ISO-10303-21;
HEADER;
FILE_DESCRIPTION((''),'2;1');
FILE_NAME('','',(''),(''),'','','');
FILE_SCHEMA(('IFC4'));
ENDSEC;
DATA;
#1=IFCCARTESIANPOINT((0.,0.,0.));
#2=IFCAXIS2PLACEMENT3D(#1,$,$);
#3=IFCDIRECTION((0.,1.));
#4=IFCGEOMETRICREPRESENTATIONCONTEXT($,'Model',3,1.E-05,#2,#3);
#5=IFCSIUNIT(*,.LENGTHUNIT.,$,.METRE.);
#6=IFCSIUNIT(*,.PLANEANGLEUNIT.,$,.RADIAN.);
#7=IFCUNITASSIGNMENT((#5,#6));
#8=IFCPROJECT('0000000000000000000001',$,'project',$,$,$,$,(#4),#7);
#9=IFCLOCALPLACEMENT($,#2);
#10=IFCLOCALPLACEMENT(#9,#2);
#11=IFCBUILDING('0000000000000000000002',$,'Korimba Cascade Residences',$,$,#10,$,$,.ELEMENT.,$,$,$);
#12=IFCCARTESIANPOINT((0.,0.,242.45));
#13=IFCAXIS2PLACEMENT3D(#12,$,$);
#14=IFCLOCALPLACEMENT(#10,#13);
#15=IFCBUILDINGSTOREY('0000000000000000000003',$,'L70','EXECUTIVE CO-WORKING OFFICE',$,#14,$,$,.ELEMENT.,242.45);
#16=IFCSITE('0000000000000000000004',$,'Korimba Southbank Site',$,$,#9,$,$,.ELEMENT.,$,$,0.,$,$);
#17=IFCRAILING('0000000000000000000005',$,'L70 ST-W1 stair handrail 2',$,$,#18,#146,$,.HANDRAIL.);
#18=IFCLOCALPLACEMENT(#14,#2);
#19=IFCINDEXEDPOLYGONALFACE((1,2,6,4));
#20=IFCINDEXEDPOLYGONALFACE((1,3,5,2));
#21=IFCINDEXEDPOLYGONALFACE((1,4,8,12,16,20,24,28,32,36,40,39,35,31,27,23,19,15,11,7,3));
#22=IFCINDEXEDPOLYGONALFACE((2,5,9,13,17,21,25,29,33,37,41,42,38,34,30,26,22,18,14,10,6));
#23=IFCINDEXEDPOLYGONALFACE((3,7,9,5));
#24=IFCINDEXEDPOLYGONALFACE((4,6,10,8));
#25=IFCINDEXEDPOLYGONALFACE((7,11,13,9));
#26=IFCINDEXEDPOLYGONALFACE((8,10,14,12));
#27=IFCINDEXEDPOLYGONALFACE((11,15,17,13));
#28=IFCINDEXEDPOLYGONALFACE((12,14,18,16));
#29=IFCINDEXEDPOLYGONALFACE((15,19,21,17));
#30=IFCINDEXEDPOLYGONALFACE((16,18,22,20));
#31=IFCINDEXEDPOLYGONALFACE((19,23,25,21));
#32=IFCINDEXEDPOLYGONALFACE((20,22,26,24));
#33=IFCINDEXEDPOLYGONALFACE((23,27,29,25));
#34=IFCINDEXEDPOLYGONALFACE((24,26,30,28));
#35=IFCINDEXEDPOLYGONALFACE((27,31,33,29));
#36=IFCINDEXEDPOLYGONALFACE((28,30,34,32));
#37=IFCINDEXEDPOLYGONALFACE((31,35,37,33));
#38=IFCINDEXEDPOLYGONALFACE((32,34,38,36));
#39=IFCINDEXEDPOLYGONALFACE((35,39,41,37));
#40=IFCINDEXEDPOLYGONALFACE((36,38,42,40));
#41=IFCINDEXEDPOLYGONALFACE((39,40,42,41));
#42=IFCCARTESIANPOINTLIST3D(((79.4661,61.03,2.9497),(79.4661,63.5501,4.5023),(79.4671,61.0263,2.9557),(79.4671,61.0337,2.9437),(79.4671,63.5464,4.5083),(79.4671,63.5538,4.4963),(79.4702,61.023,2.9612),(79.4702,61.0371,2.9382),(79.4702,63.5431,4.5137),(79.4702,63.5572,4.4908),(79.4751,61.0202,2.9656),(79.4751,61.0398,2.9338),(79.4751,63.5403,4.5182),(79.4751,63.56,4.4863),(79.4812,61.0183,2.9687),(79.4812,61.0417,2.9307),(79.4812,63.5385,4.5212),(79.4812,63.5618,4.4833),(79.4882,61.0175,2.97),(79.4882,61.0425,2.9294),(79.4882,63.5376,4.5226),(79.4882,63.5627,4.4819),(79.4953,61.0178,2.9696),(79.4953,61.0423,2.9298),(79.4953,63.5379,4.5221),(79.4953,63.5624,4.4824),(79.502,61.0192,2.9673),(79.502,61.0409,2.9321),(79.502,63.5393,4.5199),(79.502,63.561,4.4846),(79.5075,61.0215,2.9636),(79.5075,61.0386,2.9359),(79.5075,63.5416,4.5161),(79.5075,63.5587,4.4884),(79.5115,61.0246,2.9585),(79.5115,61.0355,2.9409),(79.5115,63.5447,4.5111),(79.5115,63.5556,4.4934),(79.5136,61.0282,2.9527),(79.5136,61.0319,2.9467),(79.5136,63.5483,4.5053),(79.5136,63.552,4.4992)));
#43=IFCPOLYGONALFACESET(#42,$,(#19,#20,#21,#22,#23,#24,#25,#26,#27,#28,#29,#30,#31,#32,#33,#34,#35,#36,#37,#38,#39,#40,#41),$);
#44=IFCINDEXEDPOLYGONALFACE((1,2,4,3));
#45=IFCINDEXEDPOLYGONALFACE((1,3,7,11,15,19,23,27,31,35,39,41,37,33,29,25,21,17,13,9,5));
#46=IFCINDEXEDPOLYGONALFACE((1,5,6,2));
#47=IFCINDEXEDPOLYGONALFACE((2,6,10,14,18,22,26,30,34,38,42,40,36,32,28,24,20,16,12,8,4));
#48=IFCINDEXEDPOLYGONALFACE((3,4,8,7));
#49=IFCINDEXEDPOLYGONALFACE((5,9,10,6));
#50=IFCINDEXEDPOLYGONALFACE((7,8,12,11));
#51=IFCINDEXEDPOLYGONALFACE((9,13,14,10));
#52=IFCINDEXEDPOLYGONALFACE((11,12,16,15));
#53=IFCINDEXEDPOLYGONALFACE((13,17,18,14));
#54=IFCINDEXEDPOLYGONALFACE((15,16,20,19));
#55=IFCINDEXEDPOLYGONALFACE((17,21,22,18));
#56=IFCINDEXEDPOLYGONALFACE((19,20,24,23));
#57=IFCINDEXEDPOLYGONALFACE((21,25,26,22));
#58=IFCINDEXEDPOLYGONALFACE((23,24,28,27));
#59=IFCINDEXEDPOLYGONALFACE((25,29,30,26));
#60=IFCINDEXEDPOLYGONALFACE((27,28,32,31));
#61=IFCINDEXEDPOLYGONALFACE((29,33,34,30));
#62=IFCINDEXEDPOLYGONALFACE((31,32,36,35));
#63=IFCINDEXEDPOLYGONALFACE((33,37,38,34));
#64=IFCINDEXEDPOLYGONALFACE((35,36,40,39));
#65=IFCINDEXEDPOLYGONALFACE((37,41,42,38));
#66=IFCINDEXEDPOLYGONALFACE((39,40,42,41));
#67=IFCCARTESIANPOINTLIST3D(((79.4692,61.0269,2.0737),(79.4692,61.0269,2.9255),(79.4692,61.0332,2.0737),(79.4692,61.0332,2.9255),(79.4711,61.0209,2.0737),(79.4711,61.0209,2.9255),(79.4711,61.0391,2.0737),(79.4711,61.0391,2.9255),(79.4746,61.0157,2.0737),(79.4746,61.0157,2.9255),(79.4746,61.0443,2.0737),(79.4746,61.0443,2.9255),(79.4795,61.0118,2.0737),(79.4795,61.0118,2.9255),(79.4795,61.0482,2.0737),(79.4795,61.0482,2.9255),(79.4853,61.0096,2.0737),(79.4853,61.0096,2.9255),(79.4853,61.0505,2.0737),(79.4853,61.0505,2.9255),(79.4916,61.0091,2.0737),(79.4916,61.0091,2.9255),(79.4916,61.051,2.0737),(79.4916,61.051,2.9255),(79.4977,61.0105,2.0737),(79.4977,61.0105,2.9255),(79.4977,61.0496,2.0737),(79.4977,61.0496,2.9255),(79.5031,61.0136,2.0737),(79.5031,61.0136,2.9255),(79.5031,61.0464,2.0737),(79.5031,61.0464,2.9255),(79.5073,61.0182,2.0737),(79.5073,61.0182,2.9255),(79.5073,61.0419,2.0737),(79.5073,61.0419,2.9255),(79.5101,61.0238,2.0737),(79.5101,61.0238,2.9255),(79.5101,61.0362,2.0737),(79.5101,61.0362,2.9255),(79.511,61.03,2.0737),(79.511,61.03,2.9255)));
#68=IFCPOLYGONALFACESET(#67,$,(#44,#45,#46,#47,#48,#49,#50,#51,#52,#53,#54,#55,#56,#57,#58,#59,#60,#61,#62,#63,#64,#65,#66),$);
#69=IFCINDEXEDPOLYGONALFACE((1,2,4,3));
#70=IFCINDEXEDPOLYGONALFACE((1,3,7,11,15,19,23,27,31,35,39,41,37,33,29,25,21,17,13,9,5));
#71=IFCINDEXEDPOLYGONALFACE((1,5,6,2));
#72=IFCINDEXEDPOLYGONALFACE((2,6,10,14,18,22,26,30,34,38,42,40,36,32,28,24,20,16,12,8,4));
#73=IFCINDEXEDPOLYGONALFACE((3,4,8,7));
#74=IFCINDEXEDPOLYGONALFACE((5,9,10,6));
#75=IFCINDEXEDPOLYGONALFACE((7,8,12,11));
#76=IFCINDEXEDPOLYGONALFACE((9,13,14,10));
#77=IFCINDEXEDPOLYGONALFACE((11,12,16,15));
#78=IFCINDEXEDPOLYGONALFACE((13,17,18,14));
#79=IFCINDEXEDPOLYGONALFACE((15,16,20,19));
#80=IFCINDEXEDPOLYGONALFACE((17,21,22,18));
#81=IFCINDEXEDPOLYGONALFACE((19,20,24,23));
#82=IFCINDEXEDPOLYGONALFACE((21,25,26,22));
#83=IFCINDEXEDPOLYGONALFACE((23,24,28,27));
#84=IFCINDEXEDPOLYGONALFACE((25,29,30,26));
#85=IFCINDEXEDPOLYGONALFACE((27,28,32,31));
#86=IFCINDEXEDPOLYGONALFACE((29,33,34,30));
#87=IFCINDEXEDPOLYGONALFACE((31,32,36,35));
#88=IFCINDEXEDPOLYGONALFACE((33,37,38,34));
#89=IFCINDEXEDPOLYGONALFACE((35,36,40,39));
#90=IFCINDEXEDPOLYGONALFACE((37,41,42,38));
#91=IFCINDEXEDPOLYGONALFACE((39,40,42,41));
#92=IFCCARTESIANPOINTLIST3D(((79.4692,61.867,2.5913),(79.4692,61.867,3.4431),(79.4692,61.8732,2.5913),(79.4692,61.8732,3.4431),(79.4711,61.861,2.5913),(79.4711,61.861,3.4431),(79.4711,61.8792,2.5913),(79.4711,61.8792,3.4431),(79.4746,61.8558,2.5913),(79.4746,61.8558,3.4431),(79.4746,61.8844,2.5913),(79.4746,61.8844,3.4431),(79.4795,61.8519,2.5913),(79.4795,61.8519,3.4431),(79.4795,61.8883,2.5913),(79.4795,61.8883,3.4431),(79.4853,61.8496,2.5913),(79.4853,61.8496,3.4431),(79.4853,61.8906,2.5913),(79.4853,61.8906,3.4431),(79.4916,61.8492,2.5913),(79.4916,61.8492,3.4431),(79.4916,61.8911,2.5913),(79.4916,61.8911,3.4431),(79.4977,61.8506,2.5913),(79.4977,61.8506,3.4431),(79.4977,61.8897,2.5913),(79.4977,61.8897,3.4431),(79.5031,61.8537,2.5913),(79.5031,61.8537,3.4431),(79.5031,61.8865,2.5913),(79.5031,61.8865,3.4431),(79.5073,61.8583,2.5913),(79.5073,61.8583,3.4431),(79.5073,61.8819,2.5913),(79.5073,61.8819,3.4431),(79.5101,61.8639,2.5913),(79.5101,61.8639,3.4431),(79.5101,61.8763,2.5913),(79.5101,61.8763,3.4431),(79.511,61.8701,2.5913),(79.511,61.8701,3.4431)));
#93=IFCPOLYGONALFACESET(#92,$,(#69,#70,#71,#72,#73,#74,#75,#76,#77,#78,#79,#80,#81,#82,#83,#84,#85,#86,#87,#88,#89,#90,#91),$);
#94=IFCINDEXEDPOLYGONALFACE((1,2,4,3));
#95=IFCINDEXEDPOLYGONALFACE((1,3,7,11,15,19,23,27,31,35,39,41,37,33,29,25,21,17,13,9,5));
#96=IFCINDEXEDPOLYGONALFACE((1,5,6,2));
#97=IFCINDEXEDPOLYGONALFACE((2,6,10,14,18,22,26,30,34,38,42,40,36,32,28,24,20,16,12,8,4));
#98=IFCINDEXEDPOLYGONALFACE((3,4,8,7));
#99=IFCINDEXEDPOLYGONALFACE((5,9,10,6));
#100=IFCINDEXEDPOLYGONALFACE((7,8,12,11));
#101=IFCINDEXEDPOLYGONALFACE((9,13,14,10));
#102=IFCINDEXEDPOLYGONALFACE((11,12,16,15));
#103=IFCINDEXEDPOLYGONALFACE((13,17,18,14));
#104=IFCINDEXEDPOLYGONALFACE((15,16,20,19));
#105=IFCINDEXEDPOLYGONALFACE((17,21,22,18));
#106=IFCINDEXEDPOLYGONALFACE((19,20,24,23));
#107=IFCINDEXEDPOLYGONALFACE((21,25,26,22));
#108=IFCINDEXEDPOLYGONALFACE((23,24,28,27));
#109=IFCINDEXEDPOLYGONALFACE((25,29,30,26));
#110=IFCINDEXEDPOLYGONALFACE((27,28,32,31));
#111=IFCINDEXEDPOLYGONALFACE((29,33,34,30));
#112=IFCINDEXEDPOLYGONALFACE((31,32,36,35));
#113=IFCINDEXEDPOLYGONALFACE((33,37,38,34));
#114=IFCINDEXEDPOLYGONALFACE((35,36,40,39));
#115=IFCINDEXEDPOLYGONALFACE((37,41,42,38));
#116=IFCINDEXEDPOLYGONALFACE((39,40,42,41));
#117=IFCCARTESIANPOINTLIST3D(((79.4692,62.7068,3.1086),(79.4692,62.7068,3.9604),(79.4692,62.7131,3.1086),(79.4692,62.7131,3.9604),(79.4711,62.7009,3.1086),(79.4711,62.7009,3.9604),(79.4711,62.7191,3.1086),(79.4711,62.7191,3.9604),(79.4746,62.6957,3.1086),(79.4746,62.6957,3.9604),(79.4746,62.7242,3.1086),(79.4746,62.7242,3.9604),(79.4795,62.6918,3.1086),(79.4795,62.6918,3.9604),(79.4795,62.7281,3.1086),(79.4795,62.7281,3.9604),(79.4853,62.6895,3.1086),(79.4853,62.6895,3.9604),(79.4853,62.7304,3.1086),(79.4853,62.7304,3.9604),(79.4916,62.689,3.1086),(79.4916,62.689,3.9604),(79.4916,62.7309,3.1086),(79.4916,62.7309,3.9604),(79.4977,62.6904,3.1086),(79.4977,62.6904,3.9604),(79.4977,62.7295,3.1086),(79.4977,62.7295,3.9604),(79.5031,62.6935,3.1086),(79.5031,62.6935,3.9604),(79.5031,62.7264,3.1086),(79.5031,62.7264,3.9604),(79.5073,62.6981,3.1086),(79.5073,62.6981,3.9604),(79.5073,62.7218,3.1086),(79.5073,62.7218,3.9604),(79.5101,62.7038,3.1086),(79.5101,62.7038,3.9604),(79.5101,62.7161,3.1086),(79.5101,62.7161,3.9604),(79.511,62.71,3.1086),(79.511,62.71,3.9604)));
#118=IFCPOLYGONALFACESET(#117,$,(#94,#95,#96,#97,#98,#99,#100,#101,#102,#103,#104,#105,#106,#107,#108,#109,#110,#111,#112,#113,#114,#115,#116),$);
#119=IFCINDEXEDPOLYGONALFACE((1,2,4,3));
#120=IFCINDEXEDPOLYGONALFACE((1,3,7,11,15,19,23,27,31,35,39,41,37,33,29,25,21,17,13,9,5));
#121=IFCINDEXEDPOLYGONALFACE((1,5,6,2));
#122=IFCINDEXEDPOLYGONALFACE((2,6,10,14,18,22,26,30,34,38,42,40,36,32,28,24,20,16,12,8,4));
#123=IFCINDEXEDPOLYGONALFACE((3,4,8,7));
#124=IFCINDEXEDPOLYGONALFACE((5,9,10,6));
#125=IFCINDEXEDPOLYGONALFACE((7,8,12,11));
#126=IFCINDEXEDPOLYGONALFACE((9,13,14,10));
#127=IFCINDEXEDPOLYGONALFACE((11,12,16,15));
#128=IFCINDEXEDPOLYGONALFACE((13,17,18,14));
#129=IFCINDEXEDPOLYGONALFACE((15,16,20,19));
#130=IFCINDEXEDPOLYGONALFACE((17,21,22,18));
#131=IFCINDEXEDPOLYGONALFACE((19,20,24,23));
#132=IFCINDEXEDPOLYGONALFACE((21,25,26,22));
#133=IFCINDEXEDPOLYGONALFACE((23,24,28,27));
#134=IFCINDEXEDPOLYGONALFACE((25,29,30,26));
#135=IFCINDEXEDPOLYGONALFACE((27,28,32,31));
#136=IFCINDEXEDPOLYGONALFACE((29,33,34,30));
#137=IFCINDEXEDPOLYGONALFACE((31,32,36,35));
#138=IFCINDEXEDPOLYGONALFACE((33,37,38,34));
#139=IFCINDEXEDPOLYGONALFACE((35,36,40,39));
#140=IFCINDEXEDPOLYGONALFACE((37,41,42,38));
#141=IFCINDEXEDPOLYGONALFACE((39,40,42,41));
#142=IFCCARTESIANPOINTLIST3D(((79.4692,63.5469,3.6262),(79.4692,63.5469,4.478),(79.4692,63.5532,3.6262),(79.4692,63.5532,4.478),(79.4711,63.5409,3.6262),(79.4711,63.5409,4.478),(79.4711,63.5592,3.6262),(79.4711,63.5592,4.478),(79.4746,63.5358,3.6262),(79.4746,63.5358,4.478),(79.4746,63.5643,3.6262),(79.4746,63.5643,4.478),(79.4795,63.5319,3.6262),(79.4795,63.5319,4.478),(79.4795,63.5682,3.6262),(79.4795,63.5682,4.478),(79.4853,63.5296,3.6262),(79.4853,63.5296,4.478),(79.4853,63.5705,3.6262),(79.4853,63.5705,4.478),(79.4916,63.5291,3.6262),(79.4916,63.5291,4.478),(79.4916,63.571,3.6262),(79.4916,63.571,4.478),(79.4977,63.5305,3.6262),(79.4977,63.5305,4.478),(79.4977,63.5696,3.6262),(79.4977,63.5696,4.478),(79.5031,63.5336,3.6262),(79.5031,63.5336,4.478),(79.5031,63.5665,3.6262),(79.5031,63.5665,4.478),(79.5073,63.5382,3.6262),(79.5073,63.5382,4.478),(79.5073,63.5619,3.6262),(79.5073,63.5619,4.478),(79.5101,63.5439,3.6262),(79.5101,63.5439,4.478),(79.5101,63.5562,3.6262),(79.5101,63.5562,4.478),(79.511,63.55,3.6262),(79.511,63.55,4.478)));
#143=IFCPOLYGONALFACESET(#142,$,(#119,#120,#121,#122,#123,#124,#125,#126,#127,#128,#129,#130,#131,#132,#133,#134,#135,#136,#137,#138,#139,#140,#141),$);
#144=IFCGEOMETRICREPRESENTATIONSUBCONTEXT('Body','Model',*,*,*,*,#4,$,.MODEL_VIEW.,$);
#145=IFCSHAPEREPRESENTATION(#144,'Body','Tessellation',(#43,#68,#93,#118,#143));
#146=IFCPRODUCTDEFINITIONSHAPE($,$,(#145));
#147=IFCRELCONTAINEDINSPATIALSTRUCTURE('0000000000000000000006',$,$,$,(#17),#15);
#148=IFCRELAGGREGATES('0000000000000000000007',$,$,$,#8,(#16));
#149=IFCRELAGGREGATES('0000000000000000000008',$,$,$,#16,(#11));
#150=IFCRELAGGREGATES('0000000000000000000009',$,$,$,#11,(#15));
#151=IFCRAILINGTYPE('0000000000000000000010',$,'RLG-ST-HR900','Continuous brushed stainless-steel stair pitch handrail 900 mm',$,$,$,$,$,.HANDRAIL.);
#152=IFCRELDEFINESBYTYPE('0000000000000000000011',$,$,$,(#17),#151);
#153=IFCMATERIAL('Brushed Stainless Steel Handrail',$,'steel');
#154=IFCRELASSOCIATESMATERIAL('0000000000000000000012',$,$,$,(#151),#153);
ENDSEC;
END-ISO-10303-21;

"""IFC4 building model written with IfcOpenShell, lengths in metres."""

from ifc_helpers import new_model, si_unit, direction, frame, origin, origin_2d, place, context, subcontext, project, spatial, circle, extrude, material, type_object, element, save


model = new_model("IFC4")

# Units and contexts
model_context = context("Model", 3, precision=1e-05, world=origin(), true_north=direction((0.0, 1.0)))
body_context = subcontext(model_context, "Body", "Model", "MODEL_VIEW")
ifc_project = project(units=[si_unit("LENGTHUNIT", "METRE"), si_unit("PLANEANGLEUNIT", "RADIAN")], contexts=[model_context])

# Site, building, storey
site_placement = place(None, origin())
site = spatial("IfcSite", under=ifc_project, at=site_placement, Name="Korimba Southbank Site", CompositionType="ELEMENT", RefElevation=0.0)
building_placement = place(site_placement, origin())
building = spatial("IfcBuilding", under=site, at=building_placement, Name="Korimba Cascade Residences", CompositionType="ELEMENT")
storey_placement = place(building_placement, frame((0.0, 0.0, 242.45)))
storey = spatial("IfcBuildingStorey", under=building, at=storey_placement, Name="L70", Description="EXECUTIVE CO-WORKING OFFICE", CompositionType="ELEMENT", Elevation=242.45)

# Railing
ifc_material_1 = material(Name="Brushed Stainless Steel Handrail", Category="steel")
railing_type_1 = type_object("IfcRailingType", Name="RLG-ST-HR900", Description="Continuous brushed stainless-steel stair pitch handrail 900 mm", PredefinedType="HANDRAIL", material=ifc_material_1)
railing_1_placement = place(storey_placement, frame((79.49, 61.03, 2.0737)))
element("IfcRailing", 1, at=railing_1_placement, inside=storey, type_object=railing_type_1, Name="L70 ST-W1 stair handrail 2", PredefinedType="HANDRAIL", context=body_context, shape_type="SweptSolid", body=[
    extrude(circle(Radius=0.0239, at=origin_2d()), frame((0.0, 0.0, 0.876), z_axis=(0.0, 0.8514, 0.524516), x_axis=(-1.0, 0.0, 0.0)), (0.0, 0.0, 1.0), 2.96),
    extrude(circle(Radius=0.021, at=origin_2d()), origin(), (0.0, 0.0, 1.0), 0.8518),
    extrude(circle(Radius=0.021, at=origin_2d()), frame((0.0, 0.8401, 0.5176)), (0.0, 0.0, 1.0), 0.8518),
    extrude(circle(Radius=0.021, at=origin_2d()), frame((0.0, 1.6799, 1.0349)), (0.0, 0.0, 1.0), 0.8518),
    extrude(circle(Radius=0.021, at=origin_2d()), frame((0.0, 2.52, 1.5525)), (0.0, 0.0, 1.0), 0.8518),
])

save(model, "model.ifc")
